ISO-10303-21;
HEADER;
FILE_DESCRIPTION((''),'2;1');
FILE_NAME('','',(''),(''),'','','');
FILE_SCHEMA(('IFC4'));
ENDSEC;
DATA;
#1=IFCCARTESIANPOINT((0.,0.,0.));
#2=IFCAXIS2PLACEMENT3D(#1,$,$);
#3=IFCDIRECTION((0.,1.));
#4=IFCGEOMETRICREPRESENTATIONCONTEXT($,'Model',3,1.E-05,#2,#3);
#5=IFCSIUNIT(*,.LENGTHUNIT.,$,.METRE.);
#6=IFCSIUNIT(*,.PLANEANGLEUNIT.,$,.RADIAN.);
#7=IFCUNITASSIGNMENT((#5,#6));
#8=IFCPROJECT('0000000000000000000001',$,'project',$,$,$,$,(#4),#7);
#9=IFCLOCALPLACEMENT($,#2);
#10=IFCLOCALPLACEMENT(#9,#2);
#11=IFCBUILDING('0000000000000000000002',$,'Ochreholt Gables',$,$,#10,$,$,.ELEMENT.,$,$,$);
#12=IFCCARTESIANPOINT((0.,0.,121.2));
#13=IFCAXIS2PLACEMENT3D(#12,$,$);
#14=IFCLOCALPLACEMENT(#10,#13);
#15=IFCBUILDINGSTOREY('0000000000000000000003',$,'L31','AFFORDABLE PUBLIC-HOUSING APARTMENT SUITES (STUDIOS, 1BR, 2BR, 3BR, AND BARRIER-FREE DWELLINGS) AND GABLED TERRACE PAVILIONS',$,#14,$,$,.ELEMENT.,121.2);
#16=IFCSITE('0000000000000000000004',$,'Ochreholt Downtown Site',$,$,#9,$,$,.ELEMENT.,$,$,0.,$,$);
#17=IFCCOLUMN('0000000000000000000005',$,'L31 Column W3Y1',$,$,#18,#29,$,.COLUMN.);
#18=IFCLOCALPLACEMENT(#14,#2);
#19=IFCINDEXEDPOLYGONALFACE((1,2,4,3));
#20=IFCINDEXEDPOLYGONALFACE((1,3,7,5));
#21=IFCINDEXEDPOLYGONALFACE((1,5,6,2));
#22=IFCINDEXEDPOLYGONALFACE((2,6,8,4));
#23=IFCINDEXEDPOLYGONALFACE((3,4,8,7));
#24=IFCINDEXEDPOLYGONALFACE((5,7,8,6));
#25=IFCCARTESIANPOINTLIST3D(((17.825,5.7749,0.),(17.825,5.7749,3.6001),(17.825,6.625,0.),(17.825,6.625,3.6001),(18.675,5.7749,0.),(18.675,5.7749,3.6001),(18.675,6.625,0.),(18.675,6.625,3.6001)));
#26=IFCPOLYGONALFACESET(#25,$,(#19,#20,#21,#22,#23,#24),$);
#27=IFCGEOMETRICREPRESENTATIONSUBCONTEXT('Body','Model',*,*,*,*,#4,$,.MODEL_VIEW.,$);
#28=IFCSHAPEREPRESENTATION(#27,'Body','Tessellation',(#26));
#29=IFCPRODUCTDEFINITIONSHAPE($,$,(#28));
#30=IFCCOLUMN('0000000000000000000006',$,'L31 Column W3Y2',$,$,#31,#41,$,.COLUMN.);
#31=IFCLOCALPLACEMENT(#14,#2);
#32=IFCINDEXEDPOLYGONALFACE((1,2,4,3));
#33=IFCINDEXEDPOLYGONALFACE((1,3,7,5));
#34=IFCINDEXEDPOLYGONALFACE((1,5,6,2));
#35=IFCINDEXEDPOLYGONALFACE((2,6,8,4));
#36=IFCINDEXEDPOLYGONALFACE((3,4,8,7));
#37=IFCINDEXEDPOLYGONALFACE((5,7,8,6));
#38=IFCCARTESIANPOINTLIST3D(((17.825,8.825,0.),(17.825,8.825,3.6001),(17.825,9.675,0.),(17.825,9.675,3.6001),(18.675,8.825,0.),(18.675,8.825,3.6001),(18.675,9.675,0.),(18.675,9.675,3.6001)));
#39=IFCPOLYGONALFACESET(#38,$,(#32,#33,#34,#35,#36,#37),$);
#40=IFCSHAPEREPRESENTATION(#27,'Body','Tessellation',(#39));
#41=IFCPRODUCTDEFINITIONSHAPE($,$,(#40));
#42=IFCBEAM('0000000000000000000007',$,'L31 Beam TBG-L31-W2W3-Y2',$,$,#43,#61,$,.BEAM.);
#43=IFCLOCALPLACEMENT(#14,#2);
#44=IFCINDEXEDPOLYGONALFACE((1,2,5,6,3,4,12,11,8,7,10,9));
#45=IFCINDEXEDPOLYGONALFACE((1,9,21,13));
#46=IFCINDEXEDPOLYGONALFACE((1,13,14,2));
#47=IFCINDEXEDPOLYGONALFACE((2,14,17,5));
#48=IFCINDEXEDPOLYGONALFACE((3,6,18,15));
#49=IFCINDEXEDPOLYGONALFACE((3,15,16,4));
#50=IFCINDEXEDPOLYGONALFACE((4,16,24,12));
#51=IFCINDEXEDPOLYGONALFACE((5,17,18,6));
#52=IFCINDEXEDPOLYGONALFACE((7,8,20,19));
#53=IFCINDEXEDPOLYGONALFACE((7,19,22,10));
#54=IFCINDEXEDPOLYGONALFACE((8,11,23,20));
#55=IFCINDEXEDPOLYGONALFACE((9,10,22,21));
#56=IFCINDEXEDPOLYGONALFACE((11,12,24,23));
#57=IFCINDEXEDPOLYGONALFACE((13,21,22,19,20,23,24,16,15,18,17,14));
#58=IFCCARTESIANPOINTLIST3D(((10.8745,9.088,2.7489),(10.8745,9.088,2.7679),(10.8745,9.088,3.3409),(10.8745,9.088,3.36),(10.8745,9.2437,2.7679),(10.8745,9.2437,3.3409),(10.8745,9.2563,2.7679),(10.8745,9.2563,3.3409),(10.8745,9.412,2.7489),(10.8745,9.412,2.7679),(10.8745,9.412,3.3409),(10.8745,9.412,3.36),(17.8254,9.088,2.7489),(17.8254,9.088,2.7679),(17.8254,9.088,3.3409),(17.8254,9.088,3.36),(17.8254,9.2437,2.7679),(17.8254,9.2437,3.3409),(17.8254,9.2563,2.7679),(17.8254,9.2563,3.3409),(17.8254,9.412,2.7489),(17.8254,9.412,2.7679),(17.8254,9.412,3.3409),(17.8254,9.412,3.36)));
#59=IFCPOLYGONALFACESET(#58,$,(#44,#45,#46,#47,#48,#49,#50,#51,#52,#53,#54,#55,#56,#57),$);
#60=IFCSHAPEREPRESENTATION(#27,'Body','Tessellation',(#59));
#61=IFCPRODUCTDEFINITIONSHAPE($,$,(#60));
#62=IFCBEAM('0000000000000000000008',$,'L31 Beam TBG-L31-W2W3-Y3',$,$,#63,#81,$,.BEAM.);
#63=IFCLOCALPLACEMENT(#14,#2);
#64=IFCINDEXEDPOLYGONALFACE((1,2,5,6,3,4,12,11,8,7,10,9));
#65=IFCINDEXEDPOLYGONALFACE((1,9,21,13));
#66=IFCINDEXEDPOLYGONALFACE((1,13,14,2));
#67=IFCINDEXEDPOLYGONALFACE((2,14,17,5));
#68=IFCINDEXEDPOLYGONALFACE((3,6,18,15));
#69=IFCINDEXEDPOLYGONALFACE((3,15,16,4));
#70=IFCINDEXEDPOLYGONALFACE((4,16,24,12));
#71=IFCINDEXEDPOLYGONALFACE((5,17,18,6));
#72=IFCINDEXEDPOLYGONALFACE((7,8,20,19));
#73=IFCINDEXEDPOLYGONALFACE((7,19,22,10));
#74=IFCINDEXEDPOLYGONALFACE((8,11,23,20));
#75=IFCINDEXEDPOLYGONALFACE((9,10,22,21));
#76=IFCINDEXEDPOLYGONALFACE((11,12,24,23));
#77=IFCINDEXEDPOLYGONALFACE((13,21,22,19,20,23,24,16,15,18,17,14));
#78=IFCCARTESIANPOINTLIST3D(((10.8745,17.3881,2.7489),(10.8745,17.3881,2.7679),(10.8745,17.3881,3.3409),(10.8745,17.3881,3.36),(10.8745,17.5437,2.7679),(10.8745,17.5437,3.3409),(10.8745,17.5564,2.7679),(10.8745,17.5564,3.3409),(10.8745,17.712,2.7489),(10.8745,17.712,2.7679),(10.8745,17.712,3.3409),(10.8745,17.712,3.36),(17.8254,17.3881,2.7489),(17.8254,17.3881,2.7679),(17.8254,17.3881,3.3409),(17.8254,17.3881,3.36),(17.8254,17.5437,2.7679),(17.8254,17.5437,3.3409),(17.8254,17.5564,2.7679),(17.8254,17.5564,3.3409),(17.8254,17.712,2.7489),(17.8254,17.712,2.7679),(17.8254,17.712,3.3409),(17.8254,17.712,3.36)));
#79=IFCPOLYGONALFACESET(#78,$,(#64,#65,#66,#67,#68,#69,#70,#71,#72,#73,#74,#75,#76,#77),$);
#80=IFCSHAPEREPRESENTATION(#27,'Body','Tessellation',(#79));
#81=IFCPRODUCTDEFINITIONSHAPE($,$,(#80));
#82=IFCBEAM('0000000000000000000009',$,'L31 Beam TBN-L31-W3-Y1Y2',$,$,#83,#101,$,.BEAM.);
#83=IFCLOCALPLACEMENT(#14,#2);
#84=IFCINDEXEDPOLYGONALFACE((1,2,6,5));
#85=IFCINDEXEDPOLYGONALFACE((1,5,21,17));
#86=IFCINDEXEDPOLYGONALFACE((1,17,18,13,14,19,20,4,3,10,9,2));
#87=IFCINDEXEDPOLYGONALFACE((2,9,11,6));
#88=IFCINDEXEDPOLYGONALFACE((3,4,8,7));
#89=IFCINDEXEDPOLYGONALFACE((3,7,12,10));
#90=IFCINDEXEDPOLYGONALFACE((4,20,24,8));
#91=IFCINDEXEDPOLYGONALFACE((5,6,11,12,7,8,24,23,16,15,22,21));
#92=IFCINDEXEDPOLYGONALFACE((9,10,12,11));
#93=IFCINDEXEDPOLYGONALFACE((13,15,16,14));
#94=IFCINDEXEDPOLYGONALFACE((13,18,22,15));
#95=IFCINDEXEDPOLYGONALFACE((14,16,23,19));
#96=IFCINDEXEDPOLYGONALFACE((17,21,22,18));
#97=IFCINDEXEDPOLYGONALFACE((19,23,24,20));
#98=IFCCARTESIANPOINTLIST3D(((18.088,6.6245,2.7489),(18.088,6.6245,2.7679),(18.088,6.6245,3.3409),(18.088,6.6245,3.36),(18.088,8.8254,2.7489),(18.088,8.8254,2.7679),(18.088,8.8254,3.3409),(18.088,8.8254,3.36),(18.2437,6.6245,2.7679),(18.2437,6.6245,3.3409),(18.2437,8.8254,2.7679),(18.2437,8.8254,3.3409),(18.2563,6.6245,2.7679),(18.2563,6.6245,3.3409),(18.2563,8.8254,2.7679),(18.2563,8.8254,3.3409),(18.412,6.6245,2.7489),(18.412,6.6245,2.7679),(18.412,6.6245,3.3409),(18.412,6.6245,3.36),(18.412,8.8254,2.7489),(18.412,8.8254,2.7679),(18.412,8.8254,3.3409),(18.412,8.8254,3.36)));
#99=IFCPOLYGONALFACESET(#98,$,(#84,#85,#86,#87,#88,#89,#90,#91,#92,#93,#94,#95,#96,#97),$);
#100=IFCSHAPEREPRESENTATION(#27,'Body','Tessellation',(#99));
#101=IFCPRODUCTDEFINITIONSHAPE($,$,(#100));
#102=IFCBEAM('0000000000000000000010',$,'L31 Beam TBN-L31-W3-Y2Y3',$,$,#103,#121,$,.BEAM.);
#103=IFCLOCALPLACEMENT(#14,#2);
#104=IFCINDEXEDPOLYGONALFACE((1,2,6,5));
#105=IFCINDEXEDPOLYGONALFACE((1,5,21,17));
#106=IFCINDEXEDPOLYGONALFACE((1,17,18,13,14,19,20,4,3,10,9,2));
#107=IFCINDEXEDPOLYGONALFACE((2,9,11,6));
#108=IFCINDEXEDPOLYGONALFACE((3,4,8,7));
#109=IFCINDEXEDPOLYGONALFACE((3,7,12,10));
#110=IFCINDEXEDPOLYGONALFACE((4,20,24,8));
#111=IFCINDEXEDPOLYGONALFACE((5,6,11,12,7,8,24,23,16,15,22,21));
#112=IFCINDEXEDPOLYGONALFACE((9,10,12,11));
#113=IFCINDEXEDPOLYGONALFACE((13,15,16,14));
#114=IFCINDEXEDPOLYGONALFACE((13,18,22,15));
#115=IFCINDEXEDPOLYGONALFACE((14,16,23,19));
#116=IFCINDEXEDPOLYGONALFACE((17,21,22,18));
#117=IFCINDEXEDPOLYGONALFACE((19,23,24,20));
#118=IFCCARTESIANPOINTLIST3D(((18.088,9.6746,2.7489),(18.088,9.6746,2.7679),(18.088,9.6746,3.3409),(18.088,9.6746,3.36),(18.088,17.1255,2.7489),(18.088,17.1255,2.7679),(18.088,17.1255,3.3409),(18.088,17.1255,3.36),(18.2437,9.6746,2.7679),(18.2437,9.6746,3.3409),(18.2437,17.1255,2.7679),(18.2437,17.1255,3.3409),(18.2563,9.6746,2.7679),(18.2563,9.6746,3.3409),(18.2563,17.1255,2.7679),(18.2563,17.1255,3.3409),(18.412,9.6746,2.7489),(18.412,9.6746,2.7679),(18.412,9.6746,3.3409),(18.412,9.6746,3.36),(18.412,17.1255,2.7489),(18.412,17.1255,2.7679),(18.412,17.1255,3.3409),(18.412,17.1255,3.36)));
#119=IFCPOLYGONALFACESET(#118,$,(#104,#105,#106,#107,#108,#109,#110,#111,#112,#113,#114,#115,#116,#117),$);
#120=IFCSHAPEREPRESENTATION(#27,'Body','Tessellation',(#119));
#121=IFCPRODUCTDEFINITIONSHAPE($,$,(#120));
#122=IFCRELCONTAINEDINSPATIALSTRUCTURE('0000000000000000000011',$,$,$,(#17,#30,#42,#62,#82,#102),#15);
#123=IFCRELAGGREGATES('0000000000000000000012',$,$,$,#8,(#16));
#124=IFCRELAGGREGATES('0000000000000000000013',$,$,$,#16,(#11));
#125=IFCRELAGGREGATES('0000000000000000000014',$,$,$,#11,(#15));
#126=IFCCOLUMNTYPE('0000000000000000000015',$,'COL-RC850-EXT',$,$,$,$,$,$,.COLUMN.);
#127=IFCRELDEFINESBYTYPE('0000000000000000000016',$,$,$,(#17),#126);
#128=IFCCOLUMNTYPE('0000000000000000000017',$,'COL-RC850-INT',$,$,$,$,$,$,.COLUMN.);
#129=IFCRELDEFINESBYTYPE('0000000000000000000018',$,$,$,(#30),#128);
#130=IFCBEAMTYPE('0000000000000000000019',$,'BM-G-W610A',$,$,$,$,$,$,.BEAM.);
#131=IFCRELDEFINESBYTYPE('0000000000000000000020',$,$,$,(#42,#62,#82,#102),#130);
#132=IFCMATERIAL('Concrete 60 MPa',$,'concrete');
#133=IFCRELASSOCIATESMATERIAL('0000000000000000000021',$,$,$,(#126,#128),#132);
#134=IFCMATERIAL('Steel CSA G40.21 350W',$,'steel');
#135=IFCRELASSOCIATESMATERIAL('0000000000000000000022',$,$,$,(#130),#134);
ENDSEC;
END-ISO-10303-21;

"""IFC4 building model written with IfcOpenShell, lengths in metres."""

from ifc_helpers import new_model, si_unit, direction, frame, origin, origin_2d, place, context, subcontext, project, spatial, rectangle, i_section, extrude, material, material_profile, profile_set, type_object, element, save


model = new_model("IFC4")

# Units and contexts
model_context = context("Model", 3, precision=1e-05, world=origin(), true_north=direction((0.0, 1.0)))
body_context = subcontext(model_context, "Body", "Model", "MODEL_VIEW")
ifc_project = project(units=[si_unit("LENGTHUNIT", "METRE"), si_unit("PLANEANGLEUNIT", "RADIAN")], contexts=[model_context])

# Site, building, storey
site_placement = place(None, origin())
site = spatial("IfcSite", under=ifc_project, at=site_placement, Name="Ochreholt Downtown Site", CompositionType="ELEMENT", RefElevation=0.0)
building_placement = place(site_placement, origin())
building = spatial("IfcBuilding", under=site, at=building_placement, Name="Ochreholt Gables", CompositionType="ELEMENT")
storey_placement = place(building_placement, frame((0.0, 0.0, 121.2)))
storey = spatial("IfcBuildingStorey", under=building, at=storey_placement, Name="L31", Description="AFFORDABLE PUBLIC-HOUSING APARTMENT SUITES (STUDIOS, 1BR, 2BR, 3BR, AND BARRIER-FREE DWELLINGS) AND GABLED TERRACE PAVILIONS", CompositionType="ELEMENT", Elevation=121.2)

# Columns
ifc_material_1 = material(Name="Concrete 60 MPa", Category="concrete")
ifc_material_profile_1 = material_profile(ifc_material_1, rectangle(XDim=0.8501, YDim=0.8501, at=origin_2d()), Name="RC850X850")
ifc_profile_set_1 = profile_set([ifc_material_profile_1], Name="Concrete 60 MPa")
column_type_1 = type_object("IfcColumnType", Name="COL-RC850-EXT", PredefinedType="COLUMN", material=ifc_profile_set_1)
column_1_placement = place(storey_placement, frame((18.25, 6.2, 0.0), z_axis=(0.0, 0.0, 1.0), x_axis=(1.0, 0.0, 0.0)))
element("IfcColumn", 1, at=column_1_placement, inside=storey, type_object=column_type_1, Name="L31 Column W3Y1", PredefinedType="COLUMN", context=body_context, shape_type="SweptSolid", body=[
    extrude(rectangle(XDim=0.8501, YDim=0.8501, at=origin_2d()), origin(), (0.0, 0.0, 1.0), 3.6001),
])
ifc_material_profile_2 = material_profile(ifc_material_1, rectangle(XDim=0.8501, YDim=0.8501, at=origin_2d()), Name="RC850X850")
ifc_profile_set_2 = profile_set([ifc_material_profile_2], Name="Concrete 60 MPa")
column_type_2 = type_object("IfcColumnType", Name="COL-RC850-INT", PredefinedType="COLUMN", material=ifc_profile_set_2)
column_2_placement = place(storey_placement, frame((18.25, 9.25, 0.0), z_axis=(0.0, 0.0, 1.0), x_axis=(1.0, 0.0, 0.0)))
element("IfcColumn", 2, at=column_2_placement, inside=storey, type_object=column_type_2, Name="L31 Column W3Y2", PredefinedType="COLUMN", context=body_context, shape_type="SweptSolid", body=[
    extrude(rectangle(XDim=0.8501, YDim=0.8501, at=origin_2d()), origin(), (0.0, 0.0, 1.0), 3.6001),
])

# Beams
ifc_material_2 = material(Name="Steel CSA G40.21 350W", Category="steel")
ifc_material_profile_3 = material_profile(ifc_material_2, i_section(OverallWidth=0.324, OverallDepth=0.6111, WebThickness=0.0127, FlangeThickness=0.019, at=origin_2d()), Name="W610X155")
ifc_profile_set_3 = profile_set([ifc_material_profile_3], Name="Steel CSA G40.21 350W")
beam_type = type_object("IfcBeamType", Name="BM-G-W610A", PredefinedType="BEAM", material=ifc_profile_set_3)
for number, where, z_axis, x_axis, name in (
    (3, (10.8745, 9.25, 3.0544), (1.0, 0.0, 0.0), (0.0, 1.0, 0.0), "L31 Beam TBG-L31-W2W3-Y2"),
    (4, (10.8745, 17.55, 3.0544), (1.0, 0.0, 0.0), (0.0, 1.0, 0.0), "L31 Beam TBG-L31-W2W3-Y3"),
):
    element("IfcBeam", number, at=place(storey_placement, frame(where, z_axis=z_axis, x_axis=x_axis)), inside=storey, type_object=beam_type, Name=name, PredefinedType="BEAM", context=body_context, shape_type="SweptSolid", body=[
        extrude(i_section(OverallWidth=0.324, OverallDepth=0.6111, WebThickness=0.0127, FlangeThickness=0.019, at=origin_2d()), origin(), (0.0, 0.0, 1.0), 6.9509),
    ])
beam_1_placement = place(storey_placement, frame((18.25, 6.6245, 3.0544), z_axis=(0.0, 1.0, 0.0), x_axis=(-1.0, 0.0, 0.0)))
element("IfcBeam", 5, at=beam_1_placement, inside=storey, type_object=beam_type, Name="L31 Beam TBN-L31-W3-Y1Y2", PredefinedType="BEAM", context=body_context, shape_type="SweptSolid", body=[
    extrude(i_section(OverallWidth=0.324, OverallDepth=0.6111, WebThickness=0.0127, FlangeThickness=0.019, at=origin_2d()), origin(), (0.0, 0.0, 1.0), 2.2009),
])
beam_2_placement = place(storey_placement, frame((18.25, 9.6746, 3.0544), z_axis=(0.0, 1.0, 0.0), x_axis=(-1.0, 0.0, 0.0)))
element("IfcBeam", 6, at=beam_2_placement, inside=storey, type_object=beam_type, Name="L31 Beam TBN-L31-W3-Y2Y3", PredefinedType="BEAM", context=body_context, shape_type="SweptSolid", body=[
    extrude(i_section(OverallWidth=0.324, OverallDepth=0.6111, WebThickness=0.0127, FlangeThickness=0.019, at=origin_2d()), origin(), (0.0, 0.0, 1.0), 7.4509),
])

save(model, "model.ifc")
